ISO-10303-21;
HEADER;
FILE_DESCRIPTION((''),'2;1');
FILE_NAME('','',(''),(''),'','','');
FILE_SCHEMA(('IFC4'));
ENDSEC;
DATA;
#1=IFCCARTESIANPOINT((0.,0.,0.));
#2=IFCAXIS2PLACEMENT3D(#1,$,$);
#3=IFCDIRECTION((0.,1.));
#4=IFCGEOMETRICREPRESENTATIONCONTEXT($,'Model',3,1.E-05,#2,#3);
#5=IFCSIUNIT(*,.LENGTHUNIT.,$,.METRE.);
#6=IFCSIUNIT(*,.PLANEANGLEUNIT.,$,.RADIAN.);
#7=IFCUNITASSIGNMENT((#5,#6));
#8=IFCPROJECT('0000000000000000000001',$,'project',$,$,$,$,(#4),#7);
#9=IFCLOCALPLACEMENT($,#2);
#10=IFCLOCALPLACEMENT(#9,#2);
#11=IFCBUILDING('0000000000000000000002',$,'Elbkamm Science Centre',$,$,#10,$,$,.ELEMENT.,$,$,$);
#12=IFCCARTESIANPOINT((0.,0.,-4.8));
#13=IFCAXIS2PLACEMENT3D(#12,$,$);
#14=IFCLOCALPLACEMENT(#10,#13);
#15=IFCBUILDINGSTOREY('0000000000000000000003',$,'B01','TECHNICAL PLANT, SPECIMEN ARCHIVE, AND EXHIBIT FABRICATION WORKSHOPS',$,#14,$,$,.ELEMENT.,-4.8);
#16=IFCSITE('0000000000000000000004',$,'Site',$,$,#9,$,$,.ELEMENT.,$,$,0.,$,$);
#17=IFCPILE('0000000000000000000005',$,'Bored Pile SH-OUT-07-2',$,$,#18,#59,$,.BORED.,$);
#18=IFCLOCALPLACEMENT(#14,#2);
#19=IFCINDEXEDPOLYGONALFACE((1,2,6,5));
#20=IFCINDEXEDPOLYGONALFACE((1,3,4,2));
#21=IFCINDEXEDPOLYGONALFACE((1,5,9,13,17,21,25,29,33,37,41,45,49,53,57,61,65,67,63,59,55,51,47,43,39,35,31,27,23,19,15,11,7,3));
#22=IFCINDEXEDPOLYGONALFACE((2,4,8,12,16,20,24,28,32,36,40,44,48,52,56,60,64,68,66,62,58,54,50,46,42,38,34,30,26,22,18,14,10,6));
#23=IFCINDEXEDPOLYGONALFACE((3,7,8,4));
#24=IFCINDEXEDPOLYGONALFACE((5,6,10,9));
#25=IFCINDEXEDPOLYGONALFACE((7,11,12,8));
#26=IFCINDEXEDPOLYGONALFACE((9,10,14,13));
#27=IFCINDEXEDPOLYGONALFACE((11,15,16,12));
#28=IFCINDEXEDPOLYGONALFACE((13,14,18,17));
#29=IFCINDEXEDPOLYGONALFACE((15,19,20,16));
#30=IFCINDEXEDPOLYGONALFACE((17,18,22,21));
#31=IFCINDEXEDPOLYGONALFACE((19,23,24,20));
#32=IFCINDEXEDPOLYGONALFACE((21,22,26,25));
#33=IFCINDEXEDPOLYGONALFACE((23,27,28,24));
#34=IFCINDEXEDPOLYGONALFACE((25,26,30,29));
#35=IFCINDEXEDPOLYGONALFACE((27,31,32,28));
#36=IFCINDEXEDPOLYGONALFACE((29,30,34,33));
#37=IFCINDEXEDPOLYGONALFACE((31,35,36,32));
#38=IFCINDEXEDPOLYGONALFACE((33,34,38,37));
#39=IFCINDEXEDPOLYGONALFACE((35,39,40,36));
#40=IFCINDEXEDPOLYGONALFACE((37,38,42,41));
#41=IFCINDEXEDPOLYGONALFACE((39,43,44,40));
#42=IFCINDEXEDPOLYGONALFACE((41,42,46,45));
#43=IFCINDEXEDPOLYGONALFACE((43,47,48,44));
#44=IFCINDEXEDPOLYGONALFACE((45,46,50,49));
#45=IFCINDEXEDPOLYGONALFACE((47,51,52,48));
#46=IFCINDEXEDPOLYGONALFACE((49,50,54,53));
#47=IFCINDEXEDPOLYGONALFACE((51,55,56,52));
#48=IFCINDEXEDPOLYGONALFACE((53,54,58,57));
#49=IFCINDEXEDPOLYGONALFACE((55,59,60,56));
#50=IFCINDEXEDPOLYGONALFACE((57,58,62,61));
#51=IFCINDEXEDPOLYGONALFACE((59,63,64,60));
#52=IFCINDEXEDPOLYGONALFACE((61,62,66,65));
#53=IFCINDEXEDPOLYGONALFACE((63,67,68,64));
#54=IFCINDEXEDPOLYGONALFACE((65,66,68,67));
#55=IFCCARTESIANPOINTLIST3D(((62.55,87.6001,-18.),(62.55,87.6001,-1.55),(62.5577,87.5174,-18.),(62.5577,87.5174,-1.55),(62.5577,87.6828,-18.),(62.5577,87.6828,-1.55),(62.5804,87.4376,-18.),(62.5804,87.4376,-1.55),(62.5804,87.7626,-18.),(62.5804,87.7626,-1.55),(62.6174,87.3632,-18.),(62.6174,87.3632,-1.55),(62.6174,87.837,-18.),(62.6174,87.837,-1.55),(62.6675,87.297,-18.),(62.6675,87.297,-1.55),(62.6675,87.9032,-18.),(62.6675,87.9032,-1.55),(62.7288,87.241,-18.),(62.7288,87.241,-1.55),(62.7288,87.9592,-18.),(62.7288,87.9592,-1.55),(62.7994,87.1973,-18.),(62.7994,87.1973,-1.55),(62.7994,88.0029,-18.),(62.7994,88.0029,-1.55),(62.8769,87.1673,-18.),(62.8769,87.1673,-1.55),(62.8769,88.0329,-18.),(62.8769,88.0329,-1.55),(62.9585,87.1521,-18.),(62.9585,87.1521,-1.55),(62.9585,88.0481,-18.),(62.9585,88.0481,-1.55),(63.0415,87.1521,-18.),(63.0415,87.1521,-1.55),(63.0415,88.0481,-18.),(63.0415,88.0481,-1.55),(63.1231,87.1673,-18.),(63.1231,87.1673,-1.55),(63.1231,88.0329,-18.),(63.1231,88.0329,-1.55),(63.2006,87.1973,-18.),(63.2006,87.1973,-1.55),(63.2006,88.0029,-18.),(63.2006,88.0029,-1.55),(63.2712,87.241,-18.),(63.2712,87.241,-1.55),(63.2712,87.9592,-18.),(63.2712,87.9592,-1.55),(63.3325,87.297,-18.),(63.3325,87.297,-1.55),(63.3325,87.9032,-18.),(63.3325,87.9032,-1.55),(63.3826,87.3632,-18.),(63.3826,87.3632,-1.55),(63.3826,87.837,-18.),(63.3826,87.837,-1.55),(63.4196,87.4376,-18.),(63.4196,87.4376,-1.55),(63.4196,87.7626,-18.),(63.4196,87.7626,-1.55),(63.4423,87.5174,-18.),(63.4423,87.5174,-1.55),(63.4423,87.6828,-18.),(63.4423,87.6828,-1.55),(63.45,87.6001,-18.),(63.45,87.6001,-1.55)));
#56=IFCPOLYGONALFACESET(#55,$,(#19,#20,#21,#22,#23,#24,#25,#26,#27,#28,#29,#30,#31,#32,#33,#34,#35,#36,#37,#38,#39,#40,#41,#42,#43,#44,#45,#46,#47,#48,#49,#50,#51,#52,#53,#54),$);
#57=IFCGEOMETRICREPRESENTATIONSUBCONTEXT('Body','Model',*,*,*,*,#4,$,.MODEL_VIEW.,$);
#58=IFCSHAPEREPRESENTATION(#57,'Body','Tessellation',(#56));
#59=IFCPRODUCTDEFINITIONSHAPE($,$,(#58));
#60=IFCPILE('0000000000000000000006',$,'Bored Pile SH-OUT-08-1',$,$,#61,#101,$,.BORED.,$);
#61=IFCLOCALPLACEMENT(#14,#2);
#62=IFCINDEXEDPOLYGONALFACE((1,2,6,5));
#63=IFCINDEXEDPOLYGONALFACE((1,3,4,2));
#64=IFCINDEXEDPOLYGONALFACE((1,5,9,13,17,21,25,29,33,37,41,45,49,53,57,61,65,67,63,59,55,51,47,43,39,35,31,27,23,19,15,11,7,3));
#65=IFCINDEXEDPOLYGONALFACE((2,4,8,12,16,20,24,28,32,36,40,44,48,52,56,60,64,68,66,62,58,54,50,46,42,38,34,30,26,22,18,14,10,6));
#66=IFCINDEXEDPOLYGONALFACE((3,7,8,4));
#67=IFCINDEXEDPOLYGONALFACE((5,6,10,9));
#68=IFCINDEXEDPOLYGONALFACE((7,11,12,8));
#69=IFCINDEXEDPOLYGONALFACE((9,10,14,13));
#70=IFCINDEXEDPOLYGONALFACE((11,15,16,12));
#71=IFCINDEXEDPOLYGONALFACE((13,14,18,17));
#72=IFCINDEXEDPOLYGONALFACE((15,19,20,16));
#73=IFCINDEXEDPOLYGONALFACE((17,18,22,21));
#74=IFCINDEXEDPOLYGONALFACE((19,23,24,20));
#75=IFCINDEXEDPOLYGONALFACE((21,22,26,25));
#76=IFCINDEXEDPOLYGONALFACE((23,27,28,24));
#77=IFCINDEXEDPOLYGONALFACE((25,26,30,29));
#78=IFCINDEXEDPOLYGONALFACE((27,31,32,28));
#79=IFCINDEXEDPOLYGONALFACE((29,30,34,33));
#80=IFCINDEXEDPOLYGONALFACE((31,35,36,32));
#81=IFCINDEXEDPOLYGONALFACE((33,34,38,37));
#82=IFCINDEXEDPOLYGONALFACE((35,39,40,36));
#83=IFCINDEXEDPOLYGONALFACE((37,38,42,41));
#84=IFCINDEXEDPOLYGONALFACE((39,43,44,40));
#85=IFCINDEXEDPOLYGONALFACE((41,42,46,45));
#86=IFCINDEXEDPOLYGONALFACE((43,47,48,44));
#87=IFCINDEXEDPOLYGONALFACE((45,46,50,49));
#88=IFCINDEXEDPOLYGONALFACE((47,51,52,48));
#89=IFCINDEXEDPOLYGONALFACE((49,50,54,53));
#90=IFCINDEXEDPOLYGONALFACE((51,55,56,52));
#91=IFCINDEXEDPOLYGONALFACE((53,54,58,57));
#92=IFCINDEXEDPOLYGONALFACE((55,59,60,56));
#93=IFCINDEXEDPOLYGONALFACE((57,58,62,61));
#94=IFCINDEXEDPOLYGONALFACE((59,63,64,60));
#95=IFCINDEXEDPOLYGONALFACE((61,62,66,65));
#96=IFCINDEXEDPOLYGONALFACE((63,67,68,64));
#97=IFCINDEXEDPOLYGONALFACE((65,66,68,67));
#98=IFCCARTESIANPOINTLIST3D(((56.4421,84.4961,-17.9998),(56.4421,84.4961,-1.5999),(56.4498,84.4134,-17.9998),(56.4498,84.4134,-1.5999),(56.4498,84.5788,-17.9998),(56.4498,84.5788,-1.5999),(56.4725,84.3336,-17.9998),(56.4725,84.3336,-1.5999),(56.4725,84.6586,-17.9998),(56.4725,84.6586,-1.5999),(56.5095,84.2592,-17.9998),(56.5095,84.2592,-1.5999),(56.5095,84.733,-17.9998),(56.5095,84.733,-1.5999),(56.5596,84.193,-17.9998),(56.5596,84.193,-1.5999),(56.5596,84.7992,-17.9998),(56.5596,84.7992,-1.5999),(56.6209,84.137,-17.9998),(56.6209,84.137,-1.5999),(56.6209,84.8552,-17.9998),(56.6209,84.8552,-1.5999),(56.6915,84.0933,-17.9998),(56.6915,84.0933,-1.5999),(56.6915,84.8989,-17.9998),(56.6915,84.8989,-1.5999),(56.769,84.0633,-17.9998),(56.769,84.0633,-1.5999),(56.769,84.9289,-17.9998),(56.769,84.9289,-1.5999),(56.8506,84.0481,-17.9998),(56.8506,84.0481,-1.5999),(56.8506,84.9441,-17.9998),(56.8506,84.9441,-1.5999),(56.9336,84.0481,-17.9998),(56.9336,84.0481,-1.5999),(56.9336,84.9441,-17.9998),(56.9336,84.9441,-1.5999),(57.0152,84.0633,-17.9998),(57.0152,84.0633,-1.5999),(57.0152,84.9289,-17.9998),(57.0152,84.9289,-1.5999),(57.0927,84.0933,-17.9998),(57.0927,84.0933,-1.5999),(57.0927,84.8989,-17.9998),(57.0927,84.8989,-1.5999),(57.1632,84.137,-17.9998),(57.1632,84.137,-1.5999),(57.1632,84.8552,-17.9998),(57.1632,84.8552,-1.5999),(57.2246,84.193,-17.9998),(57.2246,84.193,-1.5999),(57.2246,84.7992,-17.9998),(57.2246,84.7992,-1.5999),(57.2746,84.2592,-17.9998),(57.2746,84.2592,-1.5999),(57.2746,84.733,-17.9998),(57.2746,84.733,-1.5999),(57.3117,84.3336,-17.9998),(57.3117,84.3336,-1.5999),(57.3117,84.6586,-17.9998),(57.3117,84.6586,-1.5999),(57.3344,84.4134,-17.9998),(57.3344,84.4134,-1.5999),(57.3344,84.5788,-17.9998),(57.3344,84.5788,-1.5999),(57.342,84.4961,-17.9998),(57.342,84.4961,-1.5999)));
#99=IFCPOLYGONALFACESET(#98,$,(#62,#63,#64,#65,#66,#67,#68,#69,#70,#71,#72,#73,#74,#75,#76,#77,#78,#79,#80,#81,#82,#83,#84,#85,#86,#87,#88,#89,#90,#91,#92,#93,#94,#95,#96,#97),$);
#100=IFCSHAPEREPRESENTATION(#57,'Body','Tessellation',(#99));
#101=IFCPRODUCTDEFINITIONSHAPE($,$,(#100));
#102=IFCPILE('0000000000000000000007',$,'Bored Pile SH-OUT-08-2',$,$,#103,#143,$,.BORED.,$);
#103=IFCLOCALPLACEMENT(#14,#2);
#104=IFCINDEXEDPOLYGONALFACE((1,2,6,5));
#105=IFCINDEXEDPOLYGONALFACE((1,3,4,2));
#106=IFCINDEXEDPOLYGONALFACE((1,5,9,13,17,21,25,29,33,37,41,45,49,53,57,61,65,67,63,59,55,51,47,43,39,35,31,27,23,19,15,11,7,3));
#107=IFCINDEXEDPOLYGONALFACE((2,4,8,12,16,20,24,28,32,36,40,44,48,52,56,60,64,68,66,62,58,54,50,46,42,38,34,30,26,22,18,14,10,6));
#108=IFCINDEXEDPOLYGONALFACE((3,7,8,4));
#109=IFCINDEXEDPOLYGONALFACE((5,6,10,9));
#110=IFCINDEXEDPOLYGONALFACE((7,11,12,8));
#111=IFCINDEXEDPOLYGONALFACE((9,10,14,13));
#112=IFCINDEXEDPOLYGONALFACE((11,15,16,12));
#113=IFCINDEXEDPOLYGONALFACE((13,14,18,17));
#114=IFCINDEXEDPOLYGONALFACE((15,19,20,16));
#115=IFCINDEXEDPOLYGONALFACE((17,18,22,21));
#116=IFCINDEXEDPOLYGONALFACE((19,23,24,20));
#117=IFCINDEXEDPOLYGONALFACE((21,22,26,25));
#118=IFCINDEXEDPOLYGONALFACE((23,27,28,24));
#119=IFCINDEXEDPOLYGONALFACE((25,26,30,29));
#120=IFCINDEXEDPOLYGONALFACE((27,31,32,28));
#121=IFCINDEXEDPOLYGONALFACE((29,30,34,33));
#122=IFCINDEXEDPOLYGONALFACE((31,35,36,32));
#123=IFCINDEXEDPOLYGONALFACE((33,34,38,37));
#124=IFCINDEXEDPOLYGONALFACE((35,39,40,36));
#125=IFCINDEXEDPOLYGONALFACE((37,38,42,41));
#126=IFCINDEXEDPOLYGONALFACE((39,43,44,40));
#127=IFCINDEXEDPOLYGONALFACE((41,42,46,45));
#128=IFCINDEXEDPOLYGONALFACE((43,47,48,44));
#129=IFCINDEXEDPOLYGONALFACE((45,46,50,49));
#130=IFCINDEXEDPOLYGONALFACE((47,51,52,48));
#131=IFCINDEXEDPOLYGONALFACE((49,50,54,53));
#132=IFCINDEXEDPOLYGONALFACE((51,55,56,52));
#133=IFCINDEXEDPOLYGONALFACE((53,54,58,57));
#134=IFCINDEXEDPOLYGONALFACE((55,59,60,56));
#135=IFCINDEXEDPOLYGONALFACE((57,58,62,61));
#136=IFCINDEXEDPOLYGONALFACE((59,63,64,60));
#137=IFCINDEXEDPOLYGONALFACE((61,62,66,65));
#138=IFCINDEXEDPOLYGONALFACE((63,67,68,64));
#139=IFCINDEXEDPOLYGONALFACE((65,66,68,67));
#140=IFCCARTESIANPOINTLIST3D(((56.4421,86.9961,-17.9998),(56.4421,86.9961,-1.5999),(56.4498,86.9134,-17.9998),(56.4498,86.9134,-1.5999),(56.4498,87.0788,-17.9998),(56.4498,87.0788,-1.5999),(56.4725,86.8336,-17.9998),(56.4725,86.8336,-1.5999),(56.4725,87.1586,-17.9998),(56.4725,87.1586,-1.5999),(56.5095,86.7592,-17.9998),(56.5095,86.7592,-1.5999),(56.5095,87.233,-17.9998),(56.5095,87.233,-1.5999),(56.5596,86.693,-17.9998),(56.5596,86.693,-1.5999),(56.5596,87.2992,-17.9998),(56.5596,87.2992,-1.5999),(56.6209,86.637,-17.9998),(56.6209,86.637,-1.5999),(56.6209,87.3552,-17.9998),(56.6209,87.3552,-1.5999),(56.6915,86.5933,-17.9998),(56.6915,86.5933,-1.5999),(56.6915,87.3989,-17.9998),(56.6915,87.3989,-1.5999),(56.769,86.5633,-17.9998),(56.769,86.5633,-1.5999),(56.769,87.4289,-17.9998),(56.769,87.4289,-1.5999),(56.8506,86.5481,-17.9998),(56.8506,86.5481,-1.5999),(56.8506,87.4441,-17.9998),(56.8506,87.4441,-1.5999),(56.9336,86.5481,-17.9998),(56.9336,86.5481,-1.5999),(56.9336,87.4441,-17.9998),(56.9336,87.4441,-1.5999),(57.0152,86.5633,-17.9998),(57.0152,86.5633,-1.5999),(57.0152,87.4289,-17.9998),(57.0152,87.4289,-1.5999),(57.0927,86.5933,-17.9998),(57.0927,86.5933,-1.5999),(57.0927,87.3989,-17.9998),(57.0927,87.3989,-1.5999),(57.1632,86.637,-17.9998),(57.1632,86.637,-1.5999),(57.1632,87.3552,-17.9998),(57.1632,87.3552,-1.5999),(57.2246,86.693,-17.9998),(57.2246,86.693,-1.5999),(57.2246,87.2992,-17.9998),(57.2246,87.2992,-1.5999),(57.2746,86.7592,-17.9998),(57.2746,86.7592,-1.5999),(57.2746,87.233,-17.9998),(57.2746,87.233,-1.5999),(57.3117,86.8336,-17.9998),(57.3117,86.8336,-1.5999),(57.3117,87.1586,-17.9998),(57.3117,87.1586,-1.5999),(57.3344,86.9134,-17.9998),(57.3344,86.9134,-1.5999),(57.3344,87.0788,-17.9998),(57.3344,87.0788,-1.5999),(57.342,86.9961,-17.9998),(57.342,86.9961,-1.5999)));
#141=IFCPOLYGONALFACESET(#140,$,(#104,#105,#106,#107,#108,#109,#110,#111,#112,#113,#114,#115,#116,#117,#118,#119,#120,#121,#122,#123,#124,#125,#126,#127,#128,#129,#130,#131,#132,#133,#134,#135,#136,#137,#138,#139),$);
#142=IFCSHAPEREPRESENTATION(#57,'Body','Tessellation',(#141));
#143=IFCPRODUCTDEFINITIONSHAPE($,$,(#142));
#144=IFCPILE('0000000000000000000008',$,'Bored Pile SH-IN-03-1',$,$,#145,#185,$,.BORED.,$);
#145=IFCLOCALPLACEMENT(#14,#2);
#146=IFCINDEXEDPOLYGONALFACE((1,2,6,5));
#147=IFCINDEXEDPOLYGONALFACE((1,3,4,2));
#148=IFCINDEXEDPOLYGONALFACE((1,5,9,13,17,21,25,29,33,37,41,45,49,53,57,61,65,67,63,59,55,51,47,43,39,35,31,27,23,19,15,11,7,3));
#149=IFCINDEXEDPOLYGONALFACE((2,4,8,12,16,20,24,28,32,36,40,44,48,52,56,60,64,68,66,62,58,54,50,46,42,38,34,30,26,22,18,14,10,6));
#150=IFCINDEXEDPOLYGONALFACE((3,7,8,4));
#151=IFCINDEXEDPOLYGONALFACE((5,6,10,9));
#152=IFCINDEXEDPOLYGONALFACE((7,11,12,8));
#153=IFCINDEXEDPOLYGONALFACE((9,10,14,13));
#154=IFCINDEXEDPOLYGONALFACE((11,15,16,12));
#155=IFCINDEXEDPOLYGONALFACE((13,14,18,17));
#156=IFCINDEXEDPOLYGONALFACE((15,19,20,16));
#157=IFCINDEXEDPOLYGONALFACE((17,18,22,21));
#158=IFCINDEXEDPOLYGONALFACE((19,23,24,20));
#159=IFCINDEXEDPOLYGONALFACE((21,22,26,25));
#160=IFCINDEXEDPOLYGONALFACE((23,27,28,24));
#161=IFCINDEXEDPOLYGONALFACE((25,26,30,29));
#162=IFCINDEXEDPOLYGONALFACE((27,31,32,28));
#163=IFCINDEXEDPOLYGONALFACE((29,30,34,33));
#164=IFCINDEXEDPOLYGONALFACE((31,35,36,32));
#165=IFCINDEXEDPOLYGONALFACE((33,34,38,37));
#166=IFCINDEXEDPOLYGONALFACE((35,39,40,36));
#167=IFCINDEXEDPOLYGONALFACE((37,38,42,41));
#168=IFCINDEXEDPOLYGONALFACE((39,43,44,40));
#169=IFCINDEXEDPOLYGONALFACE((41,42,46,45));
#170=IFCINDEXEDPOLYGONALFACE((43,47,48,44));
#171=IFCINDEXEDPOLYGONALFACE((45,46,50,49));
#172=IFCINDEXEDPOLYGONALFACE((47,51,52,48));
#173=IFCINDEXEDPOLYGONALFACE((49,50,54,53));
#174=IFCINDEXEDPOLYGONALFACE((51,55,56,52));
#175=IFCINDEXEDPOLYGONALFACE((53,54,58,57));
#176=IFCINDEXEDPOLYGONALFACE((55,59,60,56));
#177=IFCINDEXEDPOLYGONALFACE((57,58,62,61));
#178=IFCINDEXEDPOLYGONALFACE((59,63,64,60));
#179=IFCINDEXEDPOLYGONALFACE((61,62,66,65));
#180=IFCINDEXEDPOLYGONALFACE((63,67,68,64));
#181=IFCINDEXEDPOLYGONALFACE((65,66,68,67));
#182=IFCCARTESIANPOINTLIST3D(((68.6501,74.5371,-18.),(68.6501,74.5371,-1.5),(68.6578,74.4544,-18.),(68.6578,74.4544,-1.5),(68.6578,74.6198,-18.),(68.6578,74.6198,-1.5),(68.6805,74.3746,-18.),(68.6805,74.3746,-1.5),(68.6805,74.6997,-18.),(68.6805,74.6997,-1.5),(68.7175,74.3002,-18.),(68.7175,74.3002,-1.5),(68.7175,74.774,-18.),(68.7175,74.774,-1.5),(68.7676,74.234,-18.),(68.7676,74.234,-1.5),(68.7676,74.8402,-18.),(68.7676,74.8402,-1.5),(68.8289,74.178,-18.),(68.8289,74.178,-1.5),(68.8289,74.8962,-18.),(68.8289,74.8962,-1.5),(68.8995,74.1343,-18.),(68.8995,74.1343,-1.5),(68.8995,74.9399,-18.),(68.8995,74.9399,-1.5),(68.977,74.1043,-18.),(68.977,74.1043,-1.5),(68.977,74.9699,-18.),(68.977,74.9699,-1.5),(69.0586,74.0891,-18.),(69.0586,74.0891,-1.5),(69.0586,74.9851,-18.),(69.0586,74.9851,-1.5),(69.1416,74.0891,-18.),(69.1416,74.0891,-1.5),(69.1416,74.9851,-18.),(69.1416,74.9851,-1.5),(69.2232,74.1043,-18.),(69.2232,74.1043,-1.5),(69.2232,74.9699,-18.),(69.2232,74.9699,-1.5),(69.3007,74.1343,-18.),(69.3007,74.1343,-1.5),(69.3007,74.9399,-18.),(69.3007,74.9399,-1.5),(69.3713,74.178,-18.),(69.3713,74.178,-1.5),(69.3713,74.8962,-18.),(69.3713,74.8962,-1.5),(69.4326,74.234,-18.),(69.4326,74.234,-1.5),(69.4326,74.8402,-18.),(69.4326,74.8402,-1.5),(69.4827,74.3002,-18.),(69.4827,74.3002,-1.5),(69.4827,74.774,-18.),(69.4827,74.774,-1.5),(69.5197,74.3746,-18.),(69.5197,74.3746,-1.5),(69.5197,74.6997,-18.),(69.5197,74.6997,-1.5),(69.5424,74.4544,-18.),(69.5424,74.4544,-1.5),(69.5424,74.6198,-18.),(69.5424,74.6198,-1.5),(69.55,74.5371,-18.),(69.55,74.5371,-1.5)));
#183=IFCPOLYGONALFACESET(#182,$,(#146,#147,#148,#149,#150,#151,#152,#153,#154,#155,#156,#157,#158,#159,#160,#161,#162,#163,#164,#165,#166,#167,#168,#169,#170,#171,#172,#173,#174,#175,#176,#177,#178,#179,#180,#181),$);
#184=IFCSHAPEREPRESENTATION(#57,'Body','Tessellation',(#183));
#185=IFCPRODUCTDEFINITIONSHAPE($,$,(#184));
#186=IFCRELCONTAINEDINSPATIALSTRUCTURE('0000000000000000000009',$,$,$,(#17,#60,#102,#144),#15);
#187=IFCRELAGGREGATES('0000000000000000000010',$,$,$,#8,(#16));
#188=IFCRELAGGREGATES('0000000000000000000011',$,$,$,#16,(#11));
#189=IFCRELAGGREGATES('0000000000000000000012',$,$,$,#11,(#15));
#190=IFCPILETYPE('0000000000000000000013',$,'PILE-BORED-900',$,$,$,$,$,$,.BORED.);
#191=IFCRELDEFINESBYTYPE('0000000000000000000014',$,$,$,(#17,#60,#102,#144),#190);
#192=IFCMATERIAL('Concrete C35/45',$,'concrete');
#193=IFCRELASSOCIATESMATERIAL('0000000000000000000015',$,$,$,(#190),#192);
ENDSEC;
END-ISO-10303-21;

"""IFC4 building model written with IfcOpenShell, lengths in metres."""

from ifc_helpers import new_model, si_unit, direction, frame, origin, origin_2d, place, context, subcontext, project, spatial, circle, extrude, material, material_profile, profile_set, type_object, element, save


model = new_model("IFC4")

# Units and contexts
model_context = context("Model", 3, precision=1e-05, world=origin(), true_north=direction((0.0, 1.0)))
body_context = subcontext(model_context, "Body", "Model", "MODEL_VIEW")
ifc_project = project(units=[si_unit("LENGTHUNIT", "METRE"), si_unit("PLANEANGLEUNIT", "RADIAN")], contexts=[model_context])

# Site, building, storey
site_placement = place(None, origin())
site = spatial("IfcSite", under=ifc_project, at=site_placement, Name="Site", CompositionType="ELEMENT", RefElevation=0.0)
building_placement = place(site_placement, origin())
building = spatial("IfcBuilding", under=site, at=building_placement, Name="Elbkamm Science Centre", CompositionType="ELEMENT")
storey_placement = place(building_placement, frame((0.0, 0.0, -4.8)))
storey = spatial("IfcBuildingStorey", under=building, at=storey_placement, Name="B01", Description="TECHNICAL PLANT, SPECIMEN ARCHIVE, AND EXHIBIT FABRICATION WORKSHOPS", CompositionType="ELEMENT", Elevation=-4.8)

# Shared definitions
ifc_material_1 = material(Name="Concrete C35/45", Category="concrete")

# Piles
ifc_material_profile_1 = material_profile(ifc_material_1, circle(Radius=0.45, at=origin_2d()), Name="PILE D900")
ifc_profile_set_1 = profile_set([ifc_material_profile_1], Name="Concrete C35/45")
pile_type = type_object("IfcPileType", Name="PILE-BORED-900", PredefinedType="BORED", material=ifc_profile_set_1)
for number, where, z_axis, x_axis, name in (
    (1, (63.0, 87.6001, -1.55), (0.0, 0.0, -1.0), (1.0, 0.0, 0.0), "Bored Pile SH-OUT-07-2"),
):
    element("IfcPile", number, at=place(storey_placement, frame(where, z_axis=z_axis, x_axis=x_axis)), inside=storey, type_object=pile_type, Name=name, PredefinedType="BORED", context=body_context, shape_type="SweptSolid", body=[
        extrude(circle(Radius=0.45, at=origin_2d()), origin(), (0.0, 0.0, 1.0), 16.45),
    ])
for number, where, z_axis, x_axis, name in (
    (2, (56.8921, 84.4961, -1.5999), (0.0, 0.0, -1.0), (1.0, 0.0, 0.0), "Bored Pile SH-OUT-08-1"),
    (3, (56.8921, 86.9961, -1.5999), (0.0, 0.0, -1.0), (1.0, 0.0, 0.0), "Bored Pile SH-OUT-08-2"),
):
    element("IfcPile", number, at=place(storey_placement, frame(where, z_axis=z_axis, x_axis=x_axis)), inside=storey, type_object=pile_type, Name=name, PredefinedType="BORED", context=body_context, shape_type="SweptSolid", body=[
        extrude(circle(Radius=0.45, at=origin_2d()), origin(), (0.0, 0.0, 1.0), 16.3999),
    ])
for number, where, z_axis, x_axis, name in (
    (4, (69.1001, 74.5371, -1.5), (0.0, 0.0, -1.0), (1.0, 0.0, 0.0), "Bored Pile SH-IN-03-1"),
):
    element("IfcPile", number, at=place(storey_placement, frame(where, z_axis=z_axis, x_axis=x_axis)), inside=storey, type_object=pile_type, Name=name, PredefinedType="BORED", context=body_context, shape_type="SweptSolid", body=[
        extrude(circle(Radius=0.45, at=origin_2d()), origin(), (0.0, 0.0, 1.0), 16.5),
    ])

save(model, "model.ifc")
